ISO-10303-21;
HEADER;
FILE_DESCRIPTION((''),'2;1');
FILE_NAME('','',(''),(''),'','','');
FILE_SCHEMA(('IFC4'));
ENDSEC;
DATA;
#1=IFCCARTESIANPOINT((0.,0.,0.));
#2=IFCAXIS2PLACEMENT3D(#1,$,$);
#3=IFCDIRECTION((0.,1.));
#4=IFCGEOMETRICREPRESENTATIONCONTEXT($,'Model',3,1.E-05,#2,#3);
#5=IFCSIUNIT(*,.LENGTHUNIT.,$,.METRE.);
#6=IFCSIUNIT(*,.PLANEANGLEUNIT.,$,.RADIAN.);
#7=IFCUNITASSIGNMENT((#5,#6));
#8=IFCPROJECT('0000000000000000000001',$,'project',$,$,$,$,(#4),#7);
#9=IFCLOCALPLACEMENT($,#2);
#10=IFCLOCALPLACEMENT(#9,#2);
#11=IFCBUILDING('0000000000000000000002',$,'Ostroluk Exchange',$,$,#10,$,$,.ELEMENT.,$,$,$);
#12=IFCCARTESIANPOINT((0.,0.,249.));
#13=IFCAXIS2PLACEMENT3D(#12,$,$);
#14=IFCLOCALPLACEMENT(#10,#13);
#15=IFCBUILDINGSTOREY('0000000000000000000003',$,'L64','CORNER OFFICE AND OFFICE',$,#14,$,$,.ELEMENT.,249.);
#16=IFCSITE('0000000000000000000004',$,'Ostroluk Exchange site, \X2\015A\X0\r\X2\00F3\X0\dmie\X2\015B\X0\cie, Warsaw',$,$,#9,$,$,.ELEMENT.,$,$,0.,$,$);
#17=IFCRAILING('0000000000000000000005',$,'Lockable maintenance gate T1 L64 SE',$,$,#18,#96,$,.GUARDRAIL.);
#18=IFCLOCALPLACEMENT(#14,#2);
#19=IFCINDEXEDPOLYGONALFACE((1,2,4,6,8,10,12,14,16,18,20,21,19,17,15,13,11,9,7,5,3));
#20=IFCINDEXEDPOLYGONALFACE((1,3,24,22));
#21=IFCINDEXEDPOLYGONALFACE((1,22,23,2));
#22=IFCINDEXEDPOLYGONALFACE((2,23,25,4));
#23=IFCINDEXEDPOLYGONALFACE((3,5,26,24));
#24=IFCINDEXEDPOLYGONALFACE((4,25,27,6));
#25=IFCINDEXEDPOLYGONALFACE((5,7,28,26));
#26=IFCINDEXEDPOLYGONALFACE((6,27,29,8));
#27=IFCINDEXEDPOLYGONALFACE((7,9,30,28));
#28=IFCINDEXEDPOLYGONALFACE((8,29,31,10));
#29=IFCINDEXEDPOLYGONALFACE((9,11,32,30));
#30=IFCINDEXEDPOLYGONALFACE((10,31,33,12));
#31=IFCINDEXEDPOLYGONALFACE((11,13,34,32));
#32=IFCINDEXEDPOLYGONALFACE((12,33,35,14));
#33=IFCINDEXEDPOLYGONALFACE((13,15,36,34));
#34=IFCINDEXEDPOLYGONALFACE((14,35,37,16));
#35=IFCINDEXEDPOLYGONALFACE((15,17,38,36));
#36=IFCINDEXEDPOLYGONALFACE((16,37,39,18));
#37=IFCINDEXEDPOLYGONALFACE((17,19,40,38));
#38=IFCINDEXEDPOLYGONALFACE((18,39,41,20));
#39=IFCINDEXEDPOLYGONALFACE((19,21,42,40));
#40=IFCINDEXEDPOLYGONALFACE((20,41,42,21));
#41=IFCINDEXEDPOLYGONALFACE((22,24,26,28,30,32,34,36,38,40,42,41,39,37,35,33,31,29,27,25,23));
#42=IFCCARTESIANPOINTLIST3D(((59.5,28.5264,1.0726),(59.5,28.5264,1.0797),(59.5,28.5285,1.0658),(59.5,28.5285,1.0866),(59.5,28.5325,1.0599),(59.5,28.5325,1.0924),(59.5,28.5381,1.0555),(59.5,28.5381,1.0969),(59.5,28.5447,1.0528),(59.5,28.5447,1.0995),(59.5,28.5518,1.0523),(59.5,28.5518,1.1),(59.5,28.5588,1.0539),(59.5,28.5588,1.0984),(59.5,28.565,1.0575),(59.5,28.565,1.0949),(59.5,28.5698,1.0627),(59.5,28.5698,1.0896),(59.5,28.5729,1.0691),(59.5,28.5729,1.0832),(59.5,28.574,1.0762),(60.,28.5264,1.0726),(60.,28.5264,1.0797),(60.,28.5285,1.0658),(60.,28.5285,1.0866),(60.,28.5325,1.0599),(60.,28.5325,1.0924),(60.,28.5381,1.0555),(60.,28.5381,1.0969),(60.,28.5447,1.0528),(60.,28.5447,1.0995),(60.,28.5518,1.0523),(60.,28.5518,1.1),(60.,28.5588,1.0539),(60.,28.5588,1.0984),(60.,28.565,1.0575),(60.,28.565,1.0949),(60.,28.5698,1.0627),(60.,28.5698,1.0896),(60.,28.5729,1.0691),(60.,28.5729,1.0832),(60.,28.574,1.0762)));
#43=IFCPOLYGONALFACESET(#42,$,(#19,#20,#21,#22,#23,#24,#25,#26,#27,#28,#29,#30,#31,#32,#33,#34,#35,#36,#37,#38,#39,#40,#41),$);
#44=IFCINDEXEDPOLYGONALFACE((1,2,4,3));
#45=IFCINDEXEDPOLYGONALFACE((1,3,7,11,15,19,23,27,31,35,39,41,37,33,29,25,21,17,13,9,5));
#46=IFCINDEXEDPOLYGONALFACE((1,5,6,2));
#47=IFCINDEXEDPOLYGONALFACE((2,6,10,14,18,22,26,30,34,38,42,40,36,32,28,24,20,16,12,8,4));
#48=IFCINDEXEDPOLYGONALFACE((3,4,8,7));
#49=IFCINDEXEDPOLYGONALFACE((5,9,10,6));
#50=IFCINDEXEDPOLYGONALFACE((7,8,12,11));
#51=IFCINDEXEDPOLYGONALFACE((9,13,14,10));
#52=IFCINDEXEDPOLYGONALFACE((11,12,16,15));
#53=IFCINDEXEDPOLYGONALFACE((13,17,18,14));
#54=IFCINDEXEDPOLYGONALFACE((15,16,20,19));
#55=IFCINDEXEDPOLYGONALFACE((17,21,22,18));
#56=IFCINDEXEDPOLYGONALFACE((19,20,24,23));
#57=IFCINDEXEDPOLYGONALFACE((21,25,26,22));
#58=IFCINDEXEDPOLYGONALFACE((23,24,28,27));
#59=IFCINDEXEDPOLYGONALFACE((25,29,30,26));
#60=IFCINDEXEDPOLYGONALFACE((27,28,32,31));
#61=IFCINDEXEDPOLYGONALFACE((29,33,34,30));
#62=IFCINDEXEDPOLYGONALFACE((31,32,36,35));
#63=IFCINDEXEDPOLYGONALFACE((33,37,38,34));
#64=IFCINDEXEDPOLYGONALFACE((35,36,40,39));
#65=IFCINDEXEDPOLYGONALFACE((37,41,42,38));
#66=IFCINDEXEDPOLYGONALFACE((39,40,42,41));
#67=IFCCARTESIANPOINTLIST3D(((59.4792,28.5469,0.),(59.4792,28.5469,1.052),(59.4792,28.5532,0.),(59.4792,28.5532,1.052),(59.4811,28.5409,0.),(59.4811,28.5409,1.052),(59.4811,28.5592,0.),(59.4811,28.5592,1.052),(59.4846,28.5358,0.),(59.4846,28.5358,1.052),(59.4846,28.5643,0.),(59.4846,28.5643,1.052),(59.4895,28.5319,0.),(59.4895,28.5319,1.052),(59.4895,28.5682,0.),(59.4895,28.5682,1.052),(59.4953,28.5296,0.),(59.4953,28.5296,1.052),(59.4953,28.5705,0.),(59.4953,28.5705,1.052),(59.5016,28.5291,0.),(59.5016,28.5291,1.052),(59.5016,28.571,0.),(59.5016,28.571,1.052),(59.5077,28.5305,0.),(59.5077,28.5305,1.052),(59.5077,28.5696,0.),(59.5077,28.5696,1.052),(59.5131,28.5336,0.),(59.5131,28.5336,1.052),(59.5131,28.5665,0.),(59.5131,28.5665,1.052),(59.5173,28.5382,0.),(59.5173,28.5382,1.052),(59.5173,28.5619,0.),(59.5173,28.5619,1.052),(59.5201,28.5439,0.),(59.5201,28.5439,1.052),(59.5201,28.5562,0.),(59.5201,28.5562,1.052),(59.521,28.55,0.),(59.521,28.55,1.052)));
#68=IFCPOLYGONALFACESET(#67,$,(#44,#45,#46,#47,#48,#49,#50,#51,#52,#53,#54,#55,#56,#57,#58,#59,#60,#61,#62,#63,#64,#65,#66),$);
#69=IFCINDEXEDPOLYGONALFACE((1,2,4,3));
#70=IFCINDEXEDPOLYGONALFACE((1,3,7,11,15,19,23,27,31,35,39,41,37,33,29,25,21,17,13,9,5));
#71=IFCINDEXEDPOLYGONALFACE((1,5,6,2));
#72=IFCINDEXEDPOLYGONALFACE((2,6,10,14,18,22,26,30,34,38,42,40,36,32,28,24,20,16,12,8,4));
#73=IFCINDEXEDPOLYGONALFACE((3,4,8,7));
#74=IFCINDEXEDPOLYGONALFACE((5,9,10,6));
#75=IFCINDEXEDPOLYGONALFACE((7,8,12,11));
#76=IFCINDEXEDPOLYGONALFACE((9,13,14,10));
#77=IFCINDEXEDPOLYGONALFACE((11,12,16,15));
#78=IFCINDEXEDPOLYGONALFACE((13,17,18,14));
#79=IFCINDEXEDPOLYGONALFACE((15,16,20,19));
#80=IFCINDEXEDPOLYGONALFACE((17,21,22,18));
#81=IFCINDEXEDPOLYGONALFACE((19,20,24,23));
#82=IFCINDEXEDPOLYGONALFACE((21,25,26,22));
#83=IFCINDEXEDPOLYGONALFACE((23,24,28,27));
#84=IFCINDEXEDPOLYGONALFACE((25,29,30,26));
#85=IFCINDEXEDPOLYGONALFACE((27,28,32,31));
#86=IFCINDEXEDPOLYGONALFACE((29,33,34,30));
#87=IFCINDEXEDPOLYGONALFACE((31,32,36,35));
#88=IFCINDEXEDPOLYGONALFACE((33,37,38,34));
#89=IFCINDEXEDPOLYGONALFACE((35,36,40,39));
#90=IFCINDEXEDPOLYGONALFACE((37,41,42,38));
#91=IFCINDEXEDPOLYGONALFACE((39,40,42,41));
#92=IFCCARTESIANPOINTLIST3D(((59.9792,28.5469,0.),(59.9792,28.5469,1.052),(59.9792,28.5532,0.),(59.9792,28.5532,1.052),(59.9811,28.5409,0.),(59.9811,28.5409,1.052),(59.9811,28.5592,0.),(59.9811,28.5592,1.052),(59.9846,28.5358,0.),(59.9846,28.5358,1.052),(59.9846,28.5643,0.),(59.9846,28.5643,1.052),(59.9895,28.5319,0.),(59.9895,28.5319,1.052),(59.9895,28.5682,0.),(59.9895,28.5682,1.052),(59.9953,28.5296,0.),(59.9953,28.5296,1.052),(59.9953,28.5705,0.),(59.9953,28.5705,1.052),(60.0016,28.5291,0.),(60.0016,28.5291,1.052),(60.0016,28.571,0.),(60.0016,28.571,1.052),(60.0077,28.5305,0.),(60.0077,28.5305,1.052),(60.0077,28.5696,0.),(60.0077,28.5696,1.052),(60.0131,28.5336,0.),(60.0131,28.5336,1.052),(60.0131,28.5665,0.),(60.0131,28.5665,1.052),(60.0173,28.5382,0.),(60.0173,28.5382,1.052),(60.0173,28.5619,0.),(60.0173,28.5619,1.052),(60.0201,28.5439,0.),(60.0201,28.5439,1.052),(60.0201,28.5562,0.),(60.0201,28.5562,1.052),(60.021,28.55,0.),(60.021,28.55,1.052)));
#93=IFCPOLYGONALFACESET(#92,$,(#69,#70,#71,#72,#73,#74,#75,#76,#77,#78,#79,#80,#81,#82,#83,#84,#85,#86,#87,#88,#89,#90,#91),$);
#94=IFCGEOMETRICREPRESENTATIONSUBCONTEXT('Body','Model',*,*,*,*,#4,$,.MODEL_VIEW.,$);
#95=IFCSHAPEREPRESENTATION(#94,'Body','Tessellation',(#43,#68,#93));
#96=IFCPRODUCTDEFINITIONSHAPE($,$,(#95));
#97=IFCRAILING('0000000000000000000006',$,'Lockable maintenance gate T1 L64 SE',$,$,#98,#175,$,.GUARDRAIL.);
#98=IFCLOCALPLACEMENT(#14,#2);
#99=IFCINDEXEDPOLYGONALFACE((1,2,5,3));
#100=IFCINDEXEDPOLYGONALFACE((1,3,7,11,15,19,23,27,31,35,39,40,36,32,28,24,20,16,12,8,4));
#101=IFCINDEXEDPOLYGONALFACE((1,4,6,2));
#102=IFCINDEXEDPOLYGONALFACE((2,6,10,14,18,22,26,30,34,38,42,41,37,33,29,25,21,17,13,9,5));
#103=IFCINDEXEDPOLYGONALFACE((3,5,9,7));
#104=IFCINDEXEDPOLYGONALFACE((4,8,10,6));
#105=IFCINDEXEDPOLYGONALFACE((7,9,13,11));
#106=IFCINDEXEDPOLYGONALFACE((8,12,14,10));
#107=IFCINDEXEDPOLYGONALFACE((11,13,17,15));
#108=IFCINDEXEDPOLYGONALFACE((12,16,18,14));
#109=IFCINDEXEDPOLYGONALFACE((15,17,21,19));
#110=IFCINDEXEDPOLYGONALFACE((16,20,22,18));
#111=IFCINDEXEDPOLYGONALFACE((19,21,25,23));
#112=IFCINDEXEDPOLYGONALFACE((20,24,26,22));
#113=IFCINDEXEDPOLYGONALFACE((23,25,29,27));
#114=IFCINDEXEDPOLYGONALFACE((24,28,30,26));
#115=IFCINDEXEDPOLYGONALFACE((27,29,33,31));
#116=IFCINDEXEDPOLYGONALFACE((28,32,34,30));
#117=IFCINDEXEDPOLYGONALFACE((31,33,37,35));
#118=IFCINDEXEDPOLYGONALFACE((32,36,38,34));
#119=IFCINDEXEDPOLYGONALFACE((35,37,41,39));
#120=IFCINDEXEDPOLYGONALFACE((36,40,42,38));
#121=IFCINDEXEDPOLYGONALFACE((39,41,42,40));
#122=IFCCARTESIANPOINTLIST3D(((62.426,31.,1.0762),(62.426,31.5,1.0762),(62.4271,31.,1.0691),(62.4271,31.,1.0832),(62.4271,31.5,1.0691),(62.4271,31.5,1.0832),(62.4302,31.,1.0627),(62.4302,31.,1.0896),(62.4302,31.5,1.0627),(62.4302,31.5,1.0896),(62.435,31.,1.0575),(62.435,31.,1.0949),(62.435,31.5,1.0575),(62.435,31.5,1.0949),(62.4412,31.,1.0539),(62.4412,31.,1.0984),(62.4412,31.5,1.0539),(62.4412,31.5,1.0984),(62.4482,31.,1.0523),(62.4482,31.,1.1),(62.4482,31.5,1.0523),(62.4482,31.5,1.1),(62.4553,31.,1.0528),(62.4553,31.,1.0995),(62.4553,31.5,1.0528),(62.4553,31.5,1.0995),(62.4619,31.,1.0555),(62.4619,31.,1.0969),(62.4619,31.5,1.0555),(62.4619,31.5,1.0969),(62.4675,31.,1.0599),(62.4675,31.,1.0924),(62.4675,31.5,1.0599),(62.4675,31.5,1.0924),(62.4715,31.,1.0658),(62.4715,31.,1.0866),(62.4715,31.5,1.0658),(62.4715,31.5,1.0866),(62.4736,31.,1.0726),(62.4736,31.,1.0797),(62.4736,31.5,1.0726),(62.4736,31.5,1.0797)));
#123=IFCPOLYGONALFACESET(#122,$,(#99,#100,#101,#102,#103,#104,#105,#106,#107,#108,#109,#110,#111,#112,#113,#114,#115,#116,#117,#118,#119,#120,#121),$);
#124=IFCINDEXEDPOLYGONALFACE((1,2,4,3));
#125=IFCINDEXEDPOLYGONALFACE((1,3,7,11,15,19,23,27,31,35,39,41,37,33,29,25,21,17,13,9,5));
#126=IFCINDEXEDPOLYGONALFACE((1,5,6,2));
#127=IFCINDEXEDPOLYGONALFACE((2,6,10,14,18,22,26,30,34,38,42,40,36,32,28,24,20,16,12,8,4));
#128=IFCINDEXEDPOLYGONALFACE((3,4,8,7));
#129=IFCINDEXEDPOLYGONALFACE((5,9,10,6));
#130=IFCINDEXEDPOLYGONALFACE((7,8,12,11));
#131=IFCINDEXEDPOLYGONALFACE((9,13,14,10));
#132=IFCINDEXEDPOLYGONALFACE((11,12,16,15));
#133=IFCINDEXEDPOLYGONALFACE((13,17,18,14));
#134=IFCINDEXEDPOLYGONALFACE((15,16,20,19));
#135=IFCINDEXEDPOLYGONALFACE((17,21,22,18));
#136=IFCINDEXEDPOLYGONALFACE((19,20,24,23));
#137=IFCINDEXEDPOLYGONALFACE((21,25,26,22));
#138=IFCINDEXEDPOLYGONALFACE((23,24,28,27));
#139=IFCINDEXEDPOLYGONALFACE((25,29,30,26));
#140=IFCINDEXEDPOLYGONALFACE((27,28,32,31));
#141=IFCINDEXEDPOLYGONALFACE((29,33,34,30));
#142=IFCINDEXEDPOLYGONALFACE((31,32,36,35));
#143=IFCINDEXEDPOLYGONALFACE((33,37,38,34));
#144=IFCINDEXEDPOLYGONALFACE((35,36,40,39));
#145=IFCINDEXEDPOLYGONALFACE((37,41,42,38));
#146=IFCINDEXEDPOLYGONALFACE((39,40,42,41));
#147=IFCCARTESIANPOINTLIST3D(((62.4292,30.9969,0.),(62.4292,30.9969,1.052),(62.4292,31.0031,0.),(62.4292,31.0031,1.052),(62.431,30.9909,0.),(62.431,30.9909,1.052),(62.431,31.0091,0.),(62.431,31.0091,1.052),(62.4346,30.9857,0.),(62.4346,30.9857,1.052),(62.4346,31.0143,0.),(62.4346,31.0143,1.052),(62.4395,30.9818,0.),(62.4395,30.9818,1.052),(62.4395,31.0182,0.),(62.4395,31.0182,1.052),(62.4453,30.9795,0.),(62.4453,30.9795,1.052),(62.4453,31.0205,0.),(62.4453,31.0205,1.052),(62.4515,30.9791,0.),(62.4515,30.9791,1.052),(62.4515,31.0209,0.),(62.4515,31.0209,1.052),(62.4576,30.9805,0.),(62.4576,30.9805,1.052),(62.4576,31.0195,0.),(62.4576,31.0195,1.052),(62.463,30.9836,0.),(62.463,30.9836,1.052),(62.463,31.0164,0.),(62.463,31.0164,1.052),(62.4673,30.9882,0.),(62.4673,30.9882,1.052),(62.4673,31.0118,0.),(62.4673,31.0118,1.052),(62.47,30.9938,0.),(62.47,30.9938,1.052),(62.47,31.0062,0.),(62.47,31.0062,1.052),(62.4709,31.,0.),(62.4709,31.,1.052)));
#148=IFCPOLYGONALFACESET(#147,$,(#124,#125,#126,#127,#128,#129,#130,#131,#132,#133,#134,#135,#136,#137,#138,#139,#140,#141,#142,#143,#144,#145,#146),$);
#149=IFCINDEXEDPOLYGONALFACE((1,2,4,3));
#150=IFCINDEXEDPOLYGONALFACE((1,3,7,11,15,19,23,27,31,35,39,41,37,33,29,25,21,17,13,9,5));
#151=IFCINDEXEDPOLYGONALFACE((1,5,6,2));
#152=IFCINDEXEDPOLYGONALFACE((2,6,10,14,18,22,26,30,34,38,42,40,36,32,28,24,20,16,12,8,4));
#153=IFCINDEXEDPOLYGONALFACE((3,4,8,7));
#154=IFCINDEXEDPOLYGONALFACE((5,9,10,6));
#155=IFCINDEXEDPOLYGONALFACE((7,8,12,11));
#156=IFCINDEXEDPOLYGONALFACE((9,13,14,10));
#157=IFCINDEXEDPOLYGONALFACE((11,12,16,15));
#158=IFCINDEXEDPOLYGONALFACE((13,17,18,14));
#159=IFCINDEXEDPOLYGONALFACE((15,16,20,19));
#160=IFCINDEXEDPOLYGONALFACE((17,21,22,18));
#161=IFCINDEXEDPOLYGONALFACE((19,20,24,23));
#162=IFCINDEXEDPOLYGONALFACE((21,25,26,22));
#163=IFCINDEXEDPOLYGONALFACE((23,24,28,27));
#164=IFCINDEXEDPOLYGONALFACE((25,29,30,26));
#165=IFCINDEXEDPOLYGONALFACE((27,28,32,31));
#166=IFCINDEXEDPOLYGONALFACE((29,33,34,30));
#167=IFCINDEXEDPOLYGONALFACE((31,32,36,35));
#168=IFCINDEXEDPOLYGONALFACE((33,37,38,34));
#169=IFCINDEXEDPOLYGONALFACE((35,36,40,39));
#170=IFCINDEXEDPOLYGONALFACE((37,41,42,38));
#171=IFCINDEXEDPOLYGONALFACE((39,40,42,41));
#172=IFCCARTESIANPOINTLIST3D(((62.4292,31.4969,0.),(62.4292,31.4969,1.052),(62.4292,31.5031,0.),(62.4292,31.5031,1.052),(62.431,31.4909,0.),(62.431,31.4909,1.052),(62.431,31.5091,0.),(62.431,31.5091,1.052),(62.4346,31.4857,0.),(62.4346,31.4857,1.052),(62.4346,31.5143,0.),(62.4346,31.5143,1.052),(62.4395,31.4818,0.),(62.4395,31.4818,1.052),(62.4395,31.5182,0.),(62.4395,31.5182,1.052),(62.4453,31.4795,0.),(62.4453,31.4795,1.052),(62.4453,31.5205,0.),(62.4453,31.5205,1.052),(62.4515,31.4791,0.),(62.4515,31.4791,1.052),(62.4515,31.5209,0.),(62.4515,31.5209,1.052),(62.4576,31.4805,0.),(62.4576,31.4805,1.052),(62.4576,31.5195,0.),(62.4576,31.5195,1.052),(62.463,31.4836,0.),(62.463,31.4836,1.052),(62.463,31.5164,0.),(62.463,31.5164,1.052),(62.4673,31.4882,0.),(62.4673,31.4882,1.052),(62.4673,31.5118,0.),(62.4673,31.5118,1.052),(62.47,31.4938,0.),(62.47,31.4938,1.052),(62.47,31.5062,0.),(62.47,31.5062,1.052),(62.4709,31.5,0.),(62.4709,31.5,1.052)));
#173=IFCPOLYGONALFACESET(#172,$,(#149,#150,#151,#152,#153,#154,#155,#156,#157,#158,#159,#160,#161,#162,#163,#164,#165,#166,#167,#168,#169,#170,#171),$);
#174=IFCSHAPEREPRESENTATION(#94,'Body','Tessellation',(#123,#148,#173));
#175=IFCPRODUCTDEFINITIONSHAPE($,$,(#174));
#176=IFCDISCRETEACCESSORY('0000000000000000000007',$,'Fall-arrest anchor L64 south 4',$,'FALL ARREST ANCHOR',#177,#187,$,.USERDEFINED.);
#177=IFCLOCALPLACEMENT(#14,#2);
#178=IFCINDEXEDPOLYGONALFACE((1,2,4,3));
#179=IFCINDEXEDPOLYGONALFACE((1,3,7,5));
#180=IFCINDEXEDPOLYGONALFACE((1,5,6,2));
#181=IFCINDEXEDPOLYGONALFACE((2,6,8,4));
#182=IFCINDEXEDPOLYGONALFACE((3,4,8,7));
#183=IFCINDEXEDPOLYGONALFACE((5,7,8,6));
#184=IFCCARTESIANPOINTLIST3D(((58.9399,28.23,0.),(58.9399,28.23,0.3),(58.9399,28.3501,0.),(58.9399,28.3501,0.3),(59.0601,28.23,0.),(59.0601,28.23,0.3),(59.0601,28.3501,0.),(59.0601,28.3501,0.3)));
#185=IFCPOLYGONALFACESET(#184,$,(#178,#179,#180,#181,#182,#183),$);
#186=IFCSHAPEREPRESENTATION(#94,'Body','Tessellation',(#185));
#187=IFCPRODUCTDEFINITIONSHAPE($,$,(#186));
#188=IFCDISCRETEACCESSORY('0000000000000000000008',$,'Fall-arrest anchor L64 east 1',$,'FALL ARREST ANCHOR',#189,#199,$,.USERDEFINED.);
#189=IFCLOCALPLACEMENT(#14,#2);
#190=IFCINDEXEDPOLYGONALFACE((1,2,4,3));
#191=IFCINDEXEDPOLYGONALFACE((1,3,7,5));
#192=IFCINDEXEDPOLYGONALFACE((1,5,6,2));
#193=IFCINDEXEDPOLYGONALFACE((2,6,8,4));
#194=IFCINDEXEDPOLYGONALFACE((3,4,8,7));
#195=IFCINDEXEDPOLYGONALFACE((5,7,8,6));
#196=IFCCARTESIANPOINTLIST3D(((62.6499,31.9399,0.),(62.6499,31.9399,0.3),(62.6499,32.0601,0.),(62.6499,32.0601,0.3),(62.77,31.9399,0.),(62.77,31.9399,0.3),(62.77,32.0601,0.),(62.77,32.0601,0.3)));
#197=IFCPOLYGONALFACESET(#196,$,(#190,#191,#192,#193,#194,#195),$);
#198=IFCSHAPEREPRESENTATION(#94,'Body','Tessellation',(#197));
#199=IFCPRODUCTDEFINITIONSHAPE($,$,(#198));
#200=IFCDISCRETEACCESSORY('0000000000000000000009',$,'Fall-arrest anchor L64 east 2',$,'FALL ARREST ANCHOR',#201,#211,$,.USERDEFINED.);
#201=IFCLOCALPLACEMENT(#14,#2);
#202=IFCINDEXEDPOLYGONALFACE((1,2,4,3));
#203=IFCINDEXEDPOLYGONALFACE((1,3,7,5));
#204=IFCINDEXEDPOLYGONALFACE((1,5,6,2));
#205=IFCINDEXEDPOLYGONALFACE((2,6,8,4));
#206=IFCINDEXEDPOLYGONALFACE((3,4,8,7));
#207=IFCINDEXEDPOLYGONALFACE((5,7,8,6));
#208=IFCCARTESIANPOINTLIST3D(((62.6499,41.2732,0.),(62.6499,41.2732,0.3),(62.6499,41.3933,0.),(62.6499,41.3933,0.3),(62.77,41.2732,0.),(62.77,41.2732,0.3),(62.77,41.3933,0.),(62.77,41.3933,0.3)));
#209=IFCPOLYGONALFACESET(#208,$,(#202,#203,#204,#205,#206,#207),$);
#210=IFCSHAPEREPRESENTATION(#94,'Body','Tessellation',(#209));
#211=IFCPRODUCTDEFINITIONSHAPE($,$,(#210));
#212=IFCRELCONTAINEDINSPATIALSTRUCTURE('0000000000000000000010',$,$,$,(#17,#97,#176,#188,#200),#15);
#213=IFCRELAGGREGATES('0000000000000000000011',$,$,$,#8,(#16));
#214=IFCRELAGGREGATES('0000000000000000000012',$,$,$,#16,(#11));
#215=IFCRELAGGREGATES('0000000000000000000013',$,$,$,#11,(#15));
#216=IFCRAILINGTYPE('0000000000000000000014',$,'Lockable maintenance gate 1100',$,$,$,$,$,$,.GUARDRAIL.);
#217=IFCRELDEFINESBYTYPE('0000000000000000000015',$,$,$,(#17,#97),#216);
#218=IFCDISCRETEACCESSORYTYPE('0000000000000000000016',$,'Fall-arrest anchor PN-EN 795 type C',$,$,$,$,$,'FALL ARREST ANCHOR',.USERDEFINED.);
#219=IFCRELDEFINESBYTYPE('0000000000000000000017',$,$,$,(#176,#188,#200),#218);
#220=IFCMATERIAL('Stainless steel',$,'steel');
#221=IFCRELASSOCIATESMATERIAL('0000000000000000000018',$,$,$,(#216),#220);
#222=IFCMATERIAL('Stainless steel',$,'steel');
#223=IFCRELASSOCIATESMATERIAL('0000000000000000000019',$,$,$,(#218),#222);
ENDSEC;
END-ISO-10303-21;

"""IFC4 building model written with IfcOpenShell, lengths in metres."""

from ifc_helpers import new_model, si_unit, direction, frame, origin, origin_2d, place, context, subcontext, project, spatial, rectangle, circle, extrude, material, type_object, element, save


model = new_model("IFC4")

# Units and contexts
model_context = context("Model", 3, precision=1e-05, world=origin(), true_north=direction((0.0, 1.0)))
body_context = subcontext(model_context, "Body", "Model", "MODEL_VIEW")
ifc_project = project(units=[si_unit("LENGTHUNIT", "METRE"), si_unit("PLANEANGLEUNIT", "RADIAN")], contexts=[model_context])

# Site, building, storey
site_placement = place(None, origin())
site = spatial("IfcSite", under=ifc_project, at=site_placement, Name="Ostroluk Exchange site, Śródmieście, Warsaw", CompositionType="ELEMENT", RefElevation=0.0)
building_placement = place(site_placement, origin())
building = spatial("IfcBuilding", under=site, at=building_placement, Name="Ostroluk Exchange", CompositionType="ELEMENT")
storey_placement = place(building_placement, frame((0.0, 0.0, 249.0)))
storey = spatial("IfcBuildingStorey", under=building, at=storey_placement, Name="L64", Description="CORNER OFFICE AND OFFICE", CompositionType="ELEMENT", Elevation=249.0)

# Railings
ifc_material_1 = material(Name="Stainless steel", Category="steel")
railing_type_1 = type_object("IfcRailingType", Name="Lockable maintenance gate 1100", PredefinedType="GUARDRAIL", material=ifc_material_1)
railing_1_placement = place(storey_placement, frame((59.5, 28.55, 0.0)))
element("IfcRailing", 1, at=railing_1_placement, inside=storey, type_object=railing_type_1, Name="Lockable maintenance gate T1 L64 SE", PredefinedType="GUARDRAIL", context=body_context, shape_type="SweptSolid", body=[
    extrude(circle(Radius=0.0239, at=origin_2d()), frame((0.0, 0.0, 1.0762), z_axis=(1.0, 0.0, 0.0), x_axis=(0.0, 1.0, 0.0)), (0.0, 0.0, 1.0), 0.5),
    extrude(circle(Radius=0.021, at=origin_2d()), origin(), (0.0, 0.0, 1.0), 1.052),
    extrude(circle(Radius=0.021, at=origin_2d()), frame((0.5, 0.0, 0.0)), (0.0, 0.0, 1.0), 1.052),
])
railing_2_placement = place(storey_placement, frame((62.45, 31.0, 0.0)))
element("IfcRailing", 2, at=railing_2_placement, inside=storey, type_object=railing_type_1, Name="Lockable maintenance gate T1 L64 SE", PredefinedType="GUARDRAIL", context=body_context, shape_type="SweptSolid", body=[
    extrude(circle(Radius=0.0239, at=origin_2d()), frame((0.0, 0.0, 1.0762), z_axis=(0.0, 1.0, 0.0), x_axis=(-1.0, 0.0, 0.0)), (0.0, 0.0, 1.0), 0.5),
    extrude(circle(Radius=0.021, at=origin_2d()), origin(), (0.0, 0.0, 1.0), 1.052),
    extrude(circle(Radius=0.021, at=origin_2d()), frame((0.0, 0.5, 0.0)), (0.0, 0.0, 1.0), 1.052),
])

# Discrete accessories
ifc_material_2 = material(Name="Stainless steel", Category="steel")
discrete_accessory_type = type_object("IfcDiscreteAccessoryType", Name="Fall-arrest anchor PN-EN 795 type C", ElementType="FALL ARREST ANCHOR", PredefinedType="USERDEFINED", material=ifc_material_2)
for number, where, z_axis, x_axis, name in (
    (3, (59.0, 28.29, 0.0), (0.0, 0.0, 1.0), (1.0, 0.0, 0.0), "Fall-arrest anchor L64 south 4"),
    (4, (62.71, 32.0, 0.0), (0.0, 0.0, 1.0), (1.0, 0.0, 0.0), "Fall-arrest anchor L64 east 1"),
    (5, (62.71, 41.3333, 0.0), (0.0, 0.0, 1.0), (1.0, 0.0, 0.0), "Fall-arrest anchor L64 east 2"),
):
    element("IfcDiscreteAccessory", number, at=place(storey_placement, frame(where, z_axis=z_axis, x_axis=x_axis)), inside=storey, type_object=discrete_accessory_type, Name=name, ObjectType="FALL ARREST ANCHOR", PredefinedType="USERDEFINED", context=body_context, shape_type="SweptSolid", body=[
        extrude(rectangle(XDim=0.1201, YDim=0.1201, at=origin_2d()), origin(), (0.0, 0.0, 1.0), 0.3),
    ])

save(model, "model.ifc")
